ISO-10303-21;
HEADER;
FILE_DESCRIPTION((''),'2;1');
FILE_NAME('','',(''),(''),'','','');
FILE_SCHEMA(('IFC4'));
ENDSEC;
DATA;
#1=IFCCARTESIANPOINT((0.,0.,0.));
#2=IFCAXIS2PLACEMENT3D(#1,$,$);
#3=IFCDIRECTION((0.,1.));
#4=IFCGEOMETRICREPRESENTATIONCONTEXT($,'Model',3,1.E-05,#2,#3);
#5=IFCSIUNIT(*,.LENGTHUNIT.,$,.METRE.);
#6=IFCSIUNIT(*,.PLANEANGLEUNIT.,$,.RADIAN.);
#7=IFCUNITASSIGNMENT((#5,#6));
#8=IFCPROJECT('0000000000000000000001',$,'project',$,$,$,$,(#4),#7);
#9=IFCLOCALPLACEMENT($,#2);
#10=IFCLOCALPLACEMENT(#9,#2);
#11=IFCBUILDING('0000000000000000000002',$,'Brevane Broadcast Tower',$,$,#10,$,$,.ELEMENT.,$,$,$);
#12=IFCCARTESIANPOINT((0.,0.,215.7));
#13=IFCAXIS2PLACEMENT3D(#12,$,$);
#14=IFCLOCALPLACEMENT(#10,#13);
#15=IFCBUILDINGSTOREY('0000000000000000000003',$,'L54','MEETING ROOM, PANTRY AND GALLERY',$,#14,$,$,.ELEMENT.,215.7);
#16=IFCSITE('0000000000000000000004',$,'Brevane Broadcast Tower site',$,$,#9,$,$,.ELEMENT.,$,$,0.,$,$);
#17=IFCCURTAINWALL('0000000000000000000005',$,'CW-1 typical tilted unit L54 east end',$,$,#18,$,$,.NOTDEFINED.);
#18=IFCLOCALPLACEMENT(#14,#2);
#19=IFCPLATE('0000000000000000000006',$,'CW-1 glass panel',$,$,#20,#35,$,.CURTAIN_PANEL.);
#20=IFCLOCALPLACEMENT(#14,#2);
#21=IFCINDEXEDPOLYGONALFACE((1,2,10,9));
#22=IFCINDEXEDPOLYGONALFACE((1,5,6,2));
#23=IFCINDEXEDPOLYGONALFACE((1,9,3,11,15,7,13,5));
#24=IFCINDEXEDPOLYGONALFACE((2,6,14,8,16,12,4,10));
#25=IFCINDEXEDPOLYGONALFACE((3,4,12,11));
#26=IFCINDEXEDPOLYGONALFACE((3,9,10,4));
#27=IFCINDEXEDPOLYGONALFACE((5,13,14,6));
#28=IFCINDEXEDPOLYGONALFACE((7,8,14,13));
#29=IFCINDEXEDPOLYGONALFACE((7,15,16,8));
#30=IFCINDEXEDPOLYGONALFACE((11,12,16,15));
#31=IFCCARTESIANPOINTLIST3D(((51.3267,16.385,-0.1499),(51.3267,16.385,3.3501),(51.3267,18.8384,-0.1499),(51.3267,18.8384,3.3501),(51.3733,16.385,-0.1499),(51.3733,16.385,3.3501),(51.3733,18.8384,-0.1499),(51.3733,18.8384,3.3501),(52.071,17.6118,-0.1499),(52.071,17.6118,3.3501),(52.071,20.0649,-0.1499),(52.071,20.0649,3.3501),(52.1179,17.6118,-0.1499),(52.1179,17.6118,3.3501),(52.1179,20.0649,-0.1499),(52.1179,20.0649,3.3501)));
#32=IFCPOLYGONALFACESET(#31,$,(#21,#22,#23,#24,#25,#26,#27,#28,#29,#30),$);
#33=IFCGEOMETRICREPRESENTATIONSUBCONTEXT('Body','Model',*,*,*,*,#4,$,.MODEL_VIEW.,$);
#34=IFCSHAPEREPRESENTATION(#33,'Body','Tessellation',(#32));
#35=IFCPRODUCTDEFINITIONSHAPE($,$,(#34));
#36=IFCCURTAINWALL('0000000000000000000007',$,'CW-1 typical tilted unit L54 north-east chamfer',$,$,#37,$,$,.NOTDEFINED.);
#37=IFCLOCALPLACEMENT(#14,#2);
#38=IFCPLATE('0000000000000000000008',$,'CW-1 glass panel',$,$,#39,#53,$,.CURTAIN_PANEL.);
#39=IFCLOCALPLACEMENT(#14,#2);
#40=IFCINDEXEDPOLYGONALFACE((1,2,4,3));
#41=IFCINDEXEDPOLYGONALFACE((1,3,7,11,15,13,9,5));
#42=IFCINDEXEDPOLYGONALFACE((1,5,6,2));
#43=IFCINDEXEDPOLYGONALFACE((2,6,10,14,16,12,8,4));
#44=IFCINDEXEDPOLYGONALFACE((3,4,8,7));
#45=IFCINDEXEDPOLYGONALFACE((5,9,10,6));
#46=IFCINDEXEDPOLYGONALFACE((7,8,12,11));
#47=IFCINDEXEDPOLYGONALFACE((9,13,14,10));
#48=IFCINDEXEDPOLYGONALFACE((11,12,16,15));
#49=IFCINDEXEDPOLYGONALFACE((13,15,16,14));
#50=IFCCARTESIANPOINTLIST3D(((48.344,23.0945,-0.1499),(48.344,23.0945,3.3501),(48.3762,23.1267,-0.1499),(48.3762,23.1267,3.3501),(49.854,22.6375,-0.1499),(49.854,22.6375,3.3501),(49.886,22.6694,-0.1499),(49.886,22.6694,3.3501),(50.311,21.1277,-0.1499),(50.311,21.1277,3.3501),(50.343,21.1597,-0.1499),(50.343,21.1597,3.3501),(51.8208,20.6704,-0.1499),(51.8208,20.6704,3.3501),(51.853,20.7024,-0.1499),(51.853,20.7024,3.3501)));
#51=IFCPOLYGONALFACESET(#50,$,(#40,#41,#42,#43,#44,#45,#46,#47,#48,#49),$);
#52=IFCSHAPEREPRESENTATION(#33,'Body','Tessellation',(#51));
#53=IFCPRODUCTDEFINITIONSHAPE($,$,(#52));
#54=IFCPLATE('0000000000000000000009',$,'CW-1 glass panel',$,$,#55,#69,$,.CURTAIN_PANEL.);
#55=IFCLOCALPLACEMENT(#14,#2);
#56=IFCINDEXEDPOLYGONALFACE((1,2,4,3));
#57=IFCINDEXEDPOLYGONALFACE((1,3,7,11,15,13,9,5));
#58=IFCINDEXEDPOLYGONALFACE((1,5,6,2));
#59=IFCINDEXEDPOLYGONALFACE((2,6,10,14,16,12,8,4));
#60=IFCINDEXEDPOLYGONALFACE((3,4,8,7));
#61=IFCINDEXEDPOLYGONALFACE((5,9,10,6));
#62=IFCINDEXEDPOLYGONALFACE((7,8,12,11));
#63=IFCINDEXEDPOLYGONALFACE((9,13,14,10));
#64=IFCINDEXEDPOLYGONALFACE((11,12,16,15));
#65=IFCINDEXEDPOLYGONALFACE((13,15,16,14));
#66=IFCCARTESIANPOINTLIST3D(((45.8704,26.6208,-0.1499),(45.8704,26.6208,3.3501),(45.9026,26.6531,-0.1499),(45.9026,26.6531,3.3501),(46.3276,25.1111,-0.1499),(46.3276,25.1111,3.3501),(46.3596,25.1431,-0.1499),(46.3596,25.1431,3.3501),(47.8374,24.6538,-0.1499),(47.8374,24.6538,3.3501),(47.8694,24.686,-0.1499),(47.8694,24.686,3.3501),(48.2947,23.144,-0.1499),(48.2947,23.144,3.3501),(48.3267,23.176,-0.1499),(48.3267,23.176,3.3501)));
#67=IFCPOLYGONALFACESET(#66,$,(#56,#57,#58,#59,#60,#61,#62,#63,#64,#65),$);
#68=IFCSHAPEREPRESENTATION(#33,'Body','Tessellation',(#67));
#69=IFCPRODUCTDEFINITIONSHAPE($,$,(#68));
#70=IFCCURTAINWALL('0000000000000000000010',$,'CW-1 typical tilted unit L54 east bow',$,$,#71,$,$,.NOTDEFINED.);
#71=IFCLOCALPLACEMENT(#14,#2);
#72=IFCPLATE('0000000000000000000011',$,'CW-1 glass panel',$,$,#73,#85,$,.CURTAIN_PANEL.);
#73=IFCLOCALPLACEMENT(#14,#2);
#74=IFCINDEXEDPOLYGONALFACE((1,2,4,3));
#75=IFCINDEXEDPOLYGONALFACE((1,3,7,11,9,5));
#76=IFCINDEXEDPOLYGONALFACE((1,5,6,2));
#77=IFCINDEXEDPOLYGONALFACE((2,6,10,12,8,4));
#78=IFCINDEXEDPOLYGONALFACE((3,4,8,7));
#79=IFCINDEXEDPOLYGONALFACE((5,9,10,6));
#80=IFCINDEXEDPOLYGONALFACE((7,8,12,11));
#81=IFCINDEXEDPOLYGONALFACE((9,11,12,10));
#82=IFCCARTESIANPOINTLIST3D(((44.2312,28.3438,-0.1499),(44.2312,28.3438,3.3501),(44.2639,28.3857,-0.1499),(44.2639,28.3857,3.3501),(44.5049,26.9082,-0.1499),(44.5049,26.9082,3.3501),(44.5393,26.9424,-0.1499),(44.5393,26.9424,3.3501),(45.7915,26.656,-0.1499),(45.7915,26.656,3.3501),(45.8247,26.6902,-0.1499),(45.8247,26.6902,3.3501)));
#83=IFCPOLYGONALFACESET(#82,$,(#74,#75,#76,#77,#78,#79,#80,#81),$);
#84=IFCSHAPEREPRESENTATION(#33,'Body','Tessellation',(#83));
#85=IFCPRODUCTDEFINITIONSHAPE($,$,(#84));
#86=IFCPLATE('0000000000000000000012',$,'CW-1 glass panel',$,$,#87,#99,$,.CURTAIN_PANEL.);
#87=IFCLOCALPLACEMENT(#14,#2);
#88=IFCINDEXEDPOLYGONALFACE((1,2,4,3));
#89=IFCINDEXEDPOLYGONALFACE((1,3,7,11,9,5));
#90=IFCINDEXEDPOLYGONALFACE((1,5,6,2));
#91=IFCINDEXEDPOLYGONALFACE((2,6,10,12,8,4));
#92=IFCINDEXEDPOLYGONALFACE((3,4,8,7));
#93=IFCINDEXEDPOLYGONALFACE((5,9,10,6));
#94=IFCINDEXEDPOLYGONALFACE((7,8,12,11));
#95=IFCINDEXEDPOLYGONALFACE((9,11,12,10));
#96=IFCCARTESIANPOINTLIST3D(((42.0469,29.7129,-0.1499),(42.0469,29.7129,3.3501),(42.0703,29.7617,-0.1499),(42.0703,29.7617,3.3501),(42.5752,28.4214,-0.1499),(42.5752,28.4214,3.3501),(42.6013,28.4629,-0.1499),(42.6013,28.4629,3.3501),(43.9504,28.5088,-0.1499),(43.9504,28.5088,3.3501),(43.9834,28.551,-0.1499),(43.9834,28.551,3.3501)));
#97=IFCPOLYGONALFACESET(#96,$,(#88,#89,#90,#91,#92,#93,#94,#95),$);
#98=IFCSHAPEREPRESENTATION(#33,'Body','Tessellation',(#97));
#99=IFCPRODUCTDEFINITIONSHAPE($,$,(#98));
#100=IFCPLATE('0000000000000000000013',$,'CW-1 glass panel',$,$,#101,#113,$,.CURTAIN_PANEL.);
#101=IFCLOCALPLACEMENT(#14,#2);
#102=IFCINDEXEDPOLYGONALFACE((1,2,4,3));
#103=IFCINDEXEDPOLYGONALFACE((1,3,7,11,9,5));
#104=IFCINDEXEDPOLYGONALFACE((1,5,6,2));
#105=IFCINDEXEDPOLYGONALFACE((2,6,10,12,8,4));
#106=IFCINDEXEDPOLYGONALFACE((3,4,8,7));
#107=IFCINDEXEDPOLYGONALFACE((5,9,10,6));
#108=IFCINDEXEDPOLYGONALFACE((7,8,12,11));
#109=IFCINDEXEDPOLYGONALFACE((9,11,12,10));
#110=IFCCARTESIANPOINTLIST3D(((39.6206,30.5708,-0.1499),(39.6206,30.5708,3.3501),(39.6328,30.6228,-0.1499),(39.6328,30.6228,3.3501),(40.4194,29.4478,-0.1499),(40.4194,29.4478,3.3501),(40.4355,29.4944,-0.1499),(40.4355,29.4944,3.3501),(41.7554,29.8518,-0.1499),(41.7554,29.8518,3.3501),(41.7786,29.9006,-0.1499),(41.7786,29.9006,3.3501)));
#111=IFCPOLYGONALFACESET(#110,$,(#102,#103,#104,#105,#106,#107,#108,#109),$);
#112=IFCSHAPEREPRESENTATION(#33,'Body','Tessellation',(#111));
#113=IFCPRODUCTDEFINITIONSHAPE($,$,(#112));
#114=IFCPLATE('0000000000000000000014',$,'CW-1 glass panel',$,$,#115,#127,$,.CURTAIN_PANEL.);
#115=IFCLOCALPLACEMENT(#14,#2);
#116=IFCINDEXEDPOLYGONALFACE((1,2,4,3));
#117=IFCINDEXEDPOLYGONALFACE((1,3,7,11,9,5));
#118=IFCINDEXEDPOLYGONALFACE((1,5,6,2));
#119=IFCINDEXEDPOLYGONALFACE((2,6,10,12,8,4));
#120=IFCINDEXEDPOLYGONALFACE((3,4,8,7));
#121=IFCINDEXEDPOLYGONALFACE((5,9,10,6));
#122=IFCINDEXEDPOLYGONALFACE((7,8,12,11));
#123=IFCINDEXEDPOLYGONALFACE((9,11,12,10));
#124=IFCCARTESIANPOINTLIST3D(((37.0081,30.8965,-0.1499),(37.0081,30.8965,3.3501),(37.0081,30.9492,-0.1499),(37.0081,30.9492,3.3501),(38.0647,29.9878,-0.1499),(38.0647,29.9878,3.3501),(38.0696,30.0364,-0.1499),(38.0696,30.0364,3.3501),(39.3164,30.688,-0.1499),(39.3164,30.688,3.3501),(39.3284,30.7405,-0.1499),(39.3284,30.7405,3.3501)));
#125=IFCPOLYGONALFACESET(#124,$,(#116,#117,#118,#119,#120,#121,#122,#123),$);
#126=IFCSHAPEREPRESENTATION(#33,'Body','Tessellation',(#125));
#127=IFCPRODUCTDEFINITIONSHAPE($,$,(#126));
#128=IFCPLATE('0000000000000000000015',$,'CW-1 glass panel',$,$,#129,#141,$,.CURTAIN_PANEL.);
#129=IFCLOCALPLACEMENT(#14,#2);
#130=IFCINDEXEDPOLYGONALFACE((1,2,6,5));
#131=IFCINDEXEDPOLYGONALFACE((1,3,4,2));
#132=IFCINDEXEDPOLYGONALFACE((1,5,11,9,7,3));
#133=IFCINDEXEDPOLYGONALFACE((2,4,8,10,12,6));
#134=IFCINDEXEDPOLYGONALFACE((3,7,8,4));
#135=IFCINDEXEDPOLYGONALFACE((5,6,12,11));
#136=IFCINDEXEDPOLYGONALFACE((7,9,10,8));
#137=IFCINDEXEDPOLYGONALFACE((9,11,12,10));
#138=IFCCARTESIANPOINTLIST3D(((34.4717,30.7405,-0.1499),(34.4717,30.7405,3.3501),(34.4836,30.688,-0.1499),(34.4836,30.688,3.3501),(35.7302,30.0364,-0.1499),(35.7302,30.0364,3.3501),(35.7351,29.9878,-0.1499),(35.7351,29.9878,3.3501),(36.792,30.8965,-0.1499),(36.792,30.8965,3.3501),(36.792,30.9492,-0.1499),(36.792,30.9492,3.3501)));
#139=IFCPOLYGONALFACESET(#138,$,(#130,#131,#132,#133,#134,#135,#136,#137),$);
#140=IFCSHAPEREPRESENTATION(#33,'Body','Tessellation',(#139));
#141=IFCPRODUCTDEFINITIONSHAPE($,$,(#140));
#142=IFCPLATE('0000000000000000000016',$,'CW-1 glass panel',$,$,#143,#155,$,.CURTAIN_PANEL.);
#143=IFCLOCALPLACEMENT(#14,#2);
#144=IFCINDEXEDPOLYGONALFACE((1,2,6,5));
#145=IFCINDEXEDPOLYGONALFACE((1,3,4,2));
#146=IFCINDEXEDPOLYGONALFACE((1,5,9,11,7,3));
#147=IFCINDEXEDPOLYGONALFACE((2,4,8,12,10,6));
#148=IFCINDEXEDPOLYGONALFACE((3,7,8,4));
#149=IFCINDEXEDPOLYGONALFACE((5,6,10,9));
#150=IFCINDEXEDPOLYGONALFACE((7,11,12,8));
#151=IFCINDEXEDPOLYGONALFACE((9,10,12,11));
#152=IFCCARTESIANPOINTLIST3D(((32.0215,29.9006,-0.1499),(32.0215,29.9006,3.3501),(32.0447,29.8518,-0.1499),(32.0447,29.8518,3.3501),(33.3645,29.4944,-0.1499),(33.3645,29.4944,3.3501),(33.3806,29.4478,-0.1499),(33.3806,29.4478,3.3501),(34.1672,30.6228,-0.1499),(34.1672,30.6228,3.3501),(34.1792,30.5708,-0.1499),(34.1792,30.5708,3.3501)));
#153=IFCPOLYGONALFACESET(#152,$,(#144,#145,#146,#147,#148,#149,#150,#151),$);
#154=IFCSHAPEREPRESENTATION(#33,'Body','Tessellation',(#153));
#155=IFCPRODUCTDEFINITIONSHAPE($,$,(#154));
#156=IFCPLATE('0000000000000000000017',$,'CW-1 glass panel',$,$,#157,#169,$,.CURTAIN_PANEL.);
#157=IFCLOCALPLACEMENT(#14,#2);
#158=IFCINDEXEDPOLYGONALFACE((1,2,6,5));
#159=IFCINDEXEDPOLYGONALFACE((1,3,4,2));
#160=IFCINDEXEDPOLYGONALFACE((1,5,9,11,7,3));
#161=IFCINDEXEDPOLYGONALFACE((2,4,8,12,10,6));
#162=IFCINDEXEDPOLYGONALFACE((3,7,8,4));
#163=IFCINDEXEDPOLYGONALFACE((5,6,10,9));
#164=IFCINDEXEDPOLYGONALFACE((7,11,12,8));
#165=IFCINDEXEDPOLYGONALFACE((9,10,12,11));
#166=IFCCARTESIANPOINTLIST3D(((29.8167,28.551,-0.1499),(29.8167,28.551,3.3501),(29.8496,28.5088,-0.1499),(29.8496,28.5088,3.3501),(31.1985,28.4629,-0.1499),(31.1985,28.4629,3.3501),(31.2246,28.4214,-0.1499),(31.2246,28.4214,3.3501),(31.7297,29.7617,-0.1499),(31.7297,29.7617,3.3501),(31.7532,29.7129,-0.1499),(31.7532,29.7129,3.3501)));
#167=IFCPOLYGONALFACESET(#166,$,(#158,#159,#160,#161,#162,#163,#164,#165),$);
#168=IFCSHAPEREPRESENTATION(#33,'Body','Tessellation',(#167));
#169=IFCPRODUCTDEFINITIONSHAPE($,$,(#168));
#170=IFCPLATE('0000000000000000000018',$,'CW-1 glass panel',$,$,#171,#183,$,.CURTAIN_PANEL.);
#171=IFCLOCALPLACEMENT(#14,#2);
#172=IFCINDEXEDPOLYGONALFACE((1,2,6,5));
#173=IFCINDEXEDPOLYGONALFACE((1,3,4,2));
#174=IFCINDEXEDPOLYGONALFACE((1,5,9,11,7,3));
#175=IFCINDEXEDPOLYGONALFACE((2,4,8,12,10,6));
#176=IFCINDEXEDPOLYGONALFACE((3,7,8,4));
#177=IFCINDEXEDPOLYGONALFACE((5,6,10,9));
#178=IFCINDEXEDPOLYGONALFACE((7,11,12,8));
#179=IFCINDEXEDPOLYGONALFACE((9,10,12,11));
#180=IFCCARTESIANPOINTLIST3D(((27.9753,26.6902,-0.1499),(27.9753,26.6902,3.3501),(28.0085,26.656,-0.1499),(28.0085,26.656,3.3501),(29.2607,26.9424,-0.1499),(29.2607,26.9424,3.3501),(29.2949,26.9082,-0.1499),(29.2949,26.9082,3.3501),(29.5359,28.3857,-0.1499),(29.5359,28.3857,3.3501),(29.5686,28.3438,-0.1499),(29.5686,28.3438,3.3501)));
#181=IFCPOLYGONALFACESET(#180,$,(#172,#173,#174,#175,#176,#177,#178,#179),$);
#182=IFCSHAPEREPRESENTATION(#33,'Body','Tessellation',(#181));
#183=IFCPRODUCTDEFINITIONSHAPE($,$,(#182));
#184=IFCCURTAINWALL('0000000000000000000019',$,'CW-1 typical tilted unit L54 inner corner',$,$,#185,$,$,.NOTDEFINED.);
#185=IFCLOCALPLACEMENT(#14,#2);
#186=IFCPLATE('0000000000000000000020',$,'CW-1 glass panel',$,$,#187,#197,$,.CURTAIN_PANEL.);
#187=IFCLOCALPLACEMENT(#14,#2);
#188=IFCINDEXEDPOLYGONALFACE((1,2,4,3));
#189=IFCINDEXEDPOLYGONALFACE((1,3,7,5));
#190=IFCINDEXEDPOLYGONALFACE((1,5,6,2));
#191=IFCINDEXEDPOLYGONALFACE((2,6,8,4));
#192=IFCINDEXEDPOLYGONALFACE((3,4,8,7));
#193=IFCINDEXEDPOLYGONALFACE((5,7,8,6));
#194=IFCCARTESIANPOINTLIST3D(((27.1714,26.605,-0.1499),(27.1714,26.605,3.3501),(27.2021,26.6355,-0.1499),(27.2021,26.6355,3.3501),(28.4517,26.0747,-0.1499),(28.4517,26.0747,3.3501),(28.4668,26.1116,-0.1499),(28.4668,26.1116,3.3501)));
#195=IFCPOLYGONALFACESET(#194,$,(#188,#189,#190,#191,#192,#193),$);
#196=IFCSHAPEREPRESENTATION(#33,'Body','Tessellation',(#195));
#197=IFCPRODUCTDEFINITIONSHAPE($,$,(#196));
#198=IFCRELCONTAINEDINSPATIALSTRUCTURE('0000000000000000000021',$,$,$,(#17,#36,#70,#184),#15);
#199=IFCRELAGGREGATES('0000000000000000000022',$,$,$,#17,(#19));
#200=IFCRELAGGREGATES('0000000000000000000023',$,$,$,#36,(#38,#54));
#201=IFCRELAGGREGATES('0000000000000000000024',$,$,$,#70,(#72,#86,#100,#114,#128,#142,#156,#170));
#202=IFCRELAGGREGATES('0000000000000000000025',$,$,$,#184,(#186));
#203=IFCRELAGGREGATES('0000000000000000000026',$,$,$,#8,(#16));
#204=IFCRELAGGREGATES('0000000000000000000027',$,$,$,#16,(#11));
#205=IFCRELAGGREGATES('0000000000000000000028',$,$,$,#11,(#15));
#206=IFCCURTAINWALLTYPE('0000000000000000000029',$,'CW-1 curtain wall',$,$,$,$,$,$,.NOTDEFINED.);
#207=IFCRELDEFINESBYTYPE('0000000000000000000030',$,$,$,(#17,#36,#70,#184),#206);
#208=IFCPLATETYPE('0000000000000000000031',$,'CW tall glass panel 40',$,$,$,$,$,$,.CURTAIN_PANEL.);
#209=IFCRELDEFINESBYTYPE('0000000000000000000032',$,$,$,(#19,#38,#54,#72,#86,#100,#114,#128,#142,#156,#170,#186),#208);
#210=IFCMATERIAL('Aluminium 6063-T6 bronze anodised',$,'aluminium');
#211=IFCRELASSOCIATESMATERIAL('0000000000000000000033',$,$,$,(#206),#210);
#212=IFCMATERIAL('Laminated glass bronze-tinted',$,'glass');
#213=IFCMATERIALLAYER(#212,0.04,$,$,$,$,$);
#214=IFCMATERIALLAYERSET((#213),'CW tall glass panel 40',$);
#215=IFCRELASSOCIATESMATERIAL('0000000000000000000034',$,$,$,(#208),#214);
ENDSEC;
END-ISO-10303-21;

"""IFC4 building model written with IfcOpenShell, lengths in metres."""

from ifc_helpers import new_model, si_unit, direction, frame, origin, place, context, subcontext, project, spatial, polyline, outline, extrude, material, layer, layer_set, type_object, element, aggregate, save


model = new_model("IFC4")

# Units and contexts
model_context = context("Model", 3, precision=1e-05, world=origin(), true_north=direction((0.0, 1.0)))
body_context = subcontext(model_context, "Body", "Model", "MODEL_VIEW")
ifc_project = project(units=[si_unit("LENGTHUNIT", "METRE"), si_unit("PLANEANGLEUNIT", "RADIAN")], contexts=[model_context])

# Site, building, storey
site_placement = place(None, origin())
site = spatial("IfcSite", under=ifc_project, at=site_placement, Name="Brevane Broadcast Tower site", CompositionType="ELEMENT", RefElevation=0.0)
building_placement = place(site_placement, origin())
building = spatial("IfcBuilding", under=site, at=building_placement, Name="Brevane Broadcast Tower", CompositionType="ELEMENT")
storey_placement = place(building_placement, frame((0.0, 0.0, 215.7)))
storey = spatial("IfcBuildingStorey", under=building, at=storey_placement, Name="L54", Description="MEETING ROOM, PANTRY AND GALLERY", CompositionType="ELEMENT", Elevation=215.7)

# Curtain wall, plate
ifc_material_1 = material(Name="Aluminium 6063-T6 bronze anodised", Category="aluminium")
curtain_wall_type = type_object("IfcCurtainWallType", Name="CW-1 curtain wall", PredefinedType="NOTDEFINED", material=ifc_material_1)
curtain_wall_1_placement = place(storey_placement, origin())
curtain_wall_1 = element("IfcCurtainWall", 1, at=curtain_wall_1_placement, inside=storey, type_object=curtain_wall_type, Name="CW-1 typical tilted unit L54 east end", PredefinedType="NOTDEFINED")
ifc_material_2 = material(Name="Laminated glass bronze-tinted", Category="glass")
ifc_layer = layer(ifc_material_2, 0.04)
ifc_layer_set = layer_set([ifc_layer], Name="CW tall glass panel 40")
plate_type = type_object("IfcPlateType", Name="CW tall glass panel 40", PredefinedType="CURTAIN_PANEL", material=ifc_layer_set)
plate_1_placement = place(storey_placement, frame((0.0, 0.0, -0.1499)))
plate_1 = element("IfcPlate", 2, at=plate_1_placement, type_object=plate_type, Name="CW-1 glass panel", PredefinedType="CURTAIN_PANEL", context=body_context, shape_type="SweptSolid", body=[
    extrude(outline(polyline([(51.3267, 16.385), (51.3733, 16.385), (52.1179, 17.6118), (51.3733, 18.8384), (52.1179, 20.0649), (52.071, 20.0649), (51.3267, 18.8384), (52.071, 17.6118), (51.3267, 16.385)])), origin(), (0.0, 0.0, 1.0), 3.5),
])
aggregate(curtain_wall_1, [plate_1])

# Curtain walls, plates
curtain_wall_2_placement = place(storey_placement, origin())
curtain_wall_2 = element("IfcCurtainWall", 3, at=curtain_wall_2_placement, inside=storey, type_object=curtain_wall_type, Name="CW-1 typical tilted unit L54 north-east chamfer", PredefinedType="NOTDEFINED")
plate_2_placement = place(storey_placement, frame((0.0, 0.0, -0.1499)))
plate_2 = element("IfcPlate", 4, at=plate_2_placement, type_object=plate_type, Name="CW-1 glass panel", PredefinedType="CURTAIN_PANEL", context=body_context, shape_type="SweptSolid", body=[
    extrude(outline(polyline([(51.8208, 20.6704), (51.853, 20.7024), (50.343, 21.1597), (49.886, 22.6694), (48.3762, 23.1267), (48.344, 23.0945), (49.854, 22.6375), (50.311, 21.1277), (51.8208, 20.6704)])), origin(), (0.0, 0.0, 1.0), 3.5),
])
plate_3_placement = place(storey_placement, frame((0.0, 0.0, -0.1499)))
plate_3 = element("IfcPlate", 5, at=plate_3_placement, type_object=plate_type, Name="CW-1 glass panel", PredefinedType="CURTAIN_PANEL", context=body_context, shape_type="SweptSolid", body=[
    extrude(outline(polyline([(48.2947, 23.144), (48.3267, 23.176), (47.8694, 24.686), (46.3596, 25.1431), (45.9026, 26.6531), (45.8704, 26.6208), (46.3276, 25.1111), (47.8374, 24.6538), (48.2947, 23.144)])), origin(), (0.0, 0.0, 1.0), 3.5),
])
aggregate(curtain_wall_2, [plate_2, plate_3])
curtain_wall_3_placement = place(storey_placement, origin())
curtain_wall_3 = element("IfcCurtainWall", 6, at=curtain_wall_3_placement, inside=storey, type_object=curtain_wall_type, Name="CW-1 typical tilted unit L54 east bow", PredefinedType="NOTDEFINED")
plate_4_placement = place(storey_placement, frame((0.0, 0.0, -0.1499)))
plate_4 = element("IfcPlate", 7, at=plate_4_placement, type_object=plate_type, Name="CW-1 glass panel", PredefinedType="CURTAIN_PANEL", context=body_context, shape_type="SweptSolid", body=[
    extrude(outline(polyline([(45.7915, 26.656), (45.8247, 26.6902), (44.5393, 26.9424), (44.2639, 28.3857), (44.2312, 28.3438), (44.5049, 26.9082), (45.7915, 26.656)])), origin(), (0.0, 0.0, 1.0), 3.5),
])
plate_5_placement = place(storey_placement, frame((0.0, 0.0, -0.1499)))
plate_5 = element("IfcPlate", 8, at=plate_5_placement, type_object=plate_type, Name="CW-1 glass panel", PredefinedType="CURTAIN_PANEL", context=body_context, shape_type="SweptSolid", body=[
    extrude(outline(polyline([(43.9504, 28.5088), (43.9834, 28.551), (42.6013, 28.4629), (42.0703, 29.7617), (42.0469, 29.7129), (42.5752, 28.4214), (43.9504, 28.5088)])), origin(), (0.0, 0.0, 1.0), 3.5),
])
plate_6_placement = place(storey_placement, frame((0.0, 0.0, -0.1499)))
plate_6 = element("IfcPlate", 9, at=plate_6_placement, type_object=plate_type, Name="CW-1 glass panel", PredefinedType="CURTAIN_PANEL", context=body_context, shape_type="SweptSolid", body=[
    extrude(outline(polyline([(41.7554, 29.8518), (41.7786, 29.9006), (40.4355, 29.4944), (39.6328, 30.6228), (39.6206, 30.5708), (40.4194, 29.4478), (41.7554, 29.8518)])), origin(), (0.0, 0.0, 1.0), 3.5),
])
plate_7_placement = place(storey_placement, frame((0.0, 0.0, -0.1499)))
plate_7 = element("IfcPlate", 10, at=plate_7_placement, type_object=plate_type, Name="CW-1 glass panel", PredefinedType="CURTAIN_PANEL", context=body_context, shape_type="SweptSolid", body=[
    extrude(outline(polyline([(39.3164, 30.688), (39.3284, 30.7405), (38.0696, 30.0364), (37.0081, 30.9492), (37.0081, 30.8965), (38.0647, 29.9878), (39.3164, 30.688)])), origin(), (0.0, 0.0, 1.0), 3.5),
])
plate_8_placement = place(storey_placement, frame((0.0, 0.0, -0.1499)))
plate_8 = element("IfcPlate", 11, at=plate_8_placement, type_object=plate_type, Name="CW-1 glass panel", PredefinedType="CURTAIN_PANEL", context=body_context, shape_type="SweptSolid", body=[
    extrude(outline(polyline([(36.792, 30.8965), (36.792, 30.9492), (35.7302, 30.0364), (34.4717, 30.7405), (34.4836, 30.688), (35.7351, 29.9878), (36.792, 30.8965)])), origin(), (0.0, 0.0, 1.0), 3.5),
])
plate_9_placement = place(storey_placement, frame((0.0, 0.0, -0.1499)))
plate_9 = element("IfcPlate", 12, at=plate_9_placement, type_object=plate_type, Name="CW-1 glass panel", PredefinedType="CURTAIN_PANEL", context=body_context, shape_type="SweptSolid", body=[
    extrude(outline(polyline([(34.1792, 30.5708), (34.1672, 30.6228), (33.3645, 29.4944), (32.0215, 29.9006), (32.0447, 29.8518), (33.3806, 29.4478), (34.1792, 30.5708)])), origin(), (0.0, 0.0, 1.0), 3.5),
])
plate_10_placement = place(storey_placement, frame((0.0, 0.0, -0.1499)))
plate_10 = element("IfcPlate", 13, at=plate_10_placement, type_object=plate_type, Name="CW-1 glass panel", PredefinedType="CURTAIN_PANEL", context=body_context, shape_type="SweptSolid", body=[
    extrude(outline(polyline([(31.7532, 29.7129), (31.7297, 29.7617), (31.1985, 28.4629), (29.8167, 28.551), (29.8496, 28.5088), (31.2246, 28.4214), (31.7532, 29.7129)])), origin(), (0.0, 0.0, 1.0), 3.5),
])
plate_11_placement = place(storey_placement, frame((0.0, 0.0, -0.1499)))
plate_11 = element("IfcPlate", 14, at=plate_11_placement, type_object=plate_type, Name="CW-1 glass panel", PredefinedType="CURTAIN_PANEL", context=body_context, shape_type="SweptSolid", body=[
    extrude(outline(polyline([(29.5686, 28.3438), (29.5359, 28.3857), (29.2607, 26.9424), (27.9753, 26.6902), (28.0085, 26.656), (29.2949, 26.9082), (29.5686, 28.3438)])), origin(), (0.0, 0.0, 1.0), 3.5),
])
aggregate(curtain_wall_3, [plate_4, plate_5, plate_6, plate_7, plate_8, plate_9, plate_10, plate_11])
curtain_wall_4_placement = place(storey_placement, origin())
curtain_wall_4 = element("IfcCurtainWall", 15, at=curtain_wall_4_placement, inside=storey, type_object=curtain_wall_type, Name="CW-1 typical tilted unit L54 inner corner", PredefinedType="NOTDEFINED")
plate_12_placement = place(storey_placement, frame((0.0, 0.0, -0.1499)))
plate_12 = element("IfcPlate", 16, at=plate_12_placement, type_object=plate_type, Name="CW-1 glass panel", PredefinedType="CURTAIN_PANEL", context=body_context, shape_type="SweptSolid", body=[
    extrude(outline(polyline([(28.4517, 26.0747), (28.4668, 26.1116), (27.2021, 26.6355), (27.1714, 26.605), (28.4517, 26.0747)])), origin(), (0.0, 0.0, 1.0), 3.5),
])
aggregate(curtain_wall_4, [plate_12])

save(model, "model.ifc")
